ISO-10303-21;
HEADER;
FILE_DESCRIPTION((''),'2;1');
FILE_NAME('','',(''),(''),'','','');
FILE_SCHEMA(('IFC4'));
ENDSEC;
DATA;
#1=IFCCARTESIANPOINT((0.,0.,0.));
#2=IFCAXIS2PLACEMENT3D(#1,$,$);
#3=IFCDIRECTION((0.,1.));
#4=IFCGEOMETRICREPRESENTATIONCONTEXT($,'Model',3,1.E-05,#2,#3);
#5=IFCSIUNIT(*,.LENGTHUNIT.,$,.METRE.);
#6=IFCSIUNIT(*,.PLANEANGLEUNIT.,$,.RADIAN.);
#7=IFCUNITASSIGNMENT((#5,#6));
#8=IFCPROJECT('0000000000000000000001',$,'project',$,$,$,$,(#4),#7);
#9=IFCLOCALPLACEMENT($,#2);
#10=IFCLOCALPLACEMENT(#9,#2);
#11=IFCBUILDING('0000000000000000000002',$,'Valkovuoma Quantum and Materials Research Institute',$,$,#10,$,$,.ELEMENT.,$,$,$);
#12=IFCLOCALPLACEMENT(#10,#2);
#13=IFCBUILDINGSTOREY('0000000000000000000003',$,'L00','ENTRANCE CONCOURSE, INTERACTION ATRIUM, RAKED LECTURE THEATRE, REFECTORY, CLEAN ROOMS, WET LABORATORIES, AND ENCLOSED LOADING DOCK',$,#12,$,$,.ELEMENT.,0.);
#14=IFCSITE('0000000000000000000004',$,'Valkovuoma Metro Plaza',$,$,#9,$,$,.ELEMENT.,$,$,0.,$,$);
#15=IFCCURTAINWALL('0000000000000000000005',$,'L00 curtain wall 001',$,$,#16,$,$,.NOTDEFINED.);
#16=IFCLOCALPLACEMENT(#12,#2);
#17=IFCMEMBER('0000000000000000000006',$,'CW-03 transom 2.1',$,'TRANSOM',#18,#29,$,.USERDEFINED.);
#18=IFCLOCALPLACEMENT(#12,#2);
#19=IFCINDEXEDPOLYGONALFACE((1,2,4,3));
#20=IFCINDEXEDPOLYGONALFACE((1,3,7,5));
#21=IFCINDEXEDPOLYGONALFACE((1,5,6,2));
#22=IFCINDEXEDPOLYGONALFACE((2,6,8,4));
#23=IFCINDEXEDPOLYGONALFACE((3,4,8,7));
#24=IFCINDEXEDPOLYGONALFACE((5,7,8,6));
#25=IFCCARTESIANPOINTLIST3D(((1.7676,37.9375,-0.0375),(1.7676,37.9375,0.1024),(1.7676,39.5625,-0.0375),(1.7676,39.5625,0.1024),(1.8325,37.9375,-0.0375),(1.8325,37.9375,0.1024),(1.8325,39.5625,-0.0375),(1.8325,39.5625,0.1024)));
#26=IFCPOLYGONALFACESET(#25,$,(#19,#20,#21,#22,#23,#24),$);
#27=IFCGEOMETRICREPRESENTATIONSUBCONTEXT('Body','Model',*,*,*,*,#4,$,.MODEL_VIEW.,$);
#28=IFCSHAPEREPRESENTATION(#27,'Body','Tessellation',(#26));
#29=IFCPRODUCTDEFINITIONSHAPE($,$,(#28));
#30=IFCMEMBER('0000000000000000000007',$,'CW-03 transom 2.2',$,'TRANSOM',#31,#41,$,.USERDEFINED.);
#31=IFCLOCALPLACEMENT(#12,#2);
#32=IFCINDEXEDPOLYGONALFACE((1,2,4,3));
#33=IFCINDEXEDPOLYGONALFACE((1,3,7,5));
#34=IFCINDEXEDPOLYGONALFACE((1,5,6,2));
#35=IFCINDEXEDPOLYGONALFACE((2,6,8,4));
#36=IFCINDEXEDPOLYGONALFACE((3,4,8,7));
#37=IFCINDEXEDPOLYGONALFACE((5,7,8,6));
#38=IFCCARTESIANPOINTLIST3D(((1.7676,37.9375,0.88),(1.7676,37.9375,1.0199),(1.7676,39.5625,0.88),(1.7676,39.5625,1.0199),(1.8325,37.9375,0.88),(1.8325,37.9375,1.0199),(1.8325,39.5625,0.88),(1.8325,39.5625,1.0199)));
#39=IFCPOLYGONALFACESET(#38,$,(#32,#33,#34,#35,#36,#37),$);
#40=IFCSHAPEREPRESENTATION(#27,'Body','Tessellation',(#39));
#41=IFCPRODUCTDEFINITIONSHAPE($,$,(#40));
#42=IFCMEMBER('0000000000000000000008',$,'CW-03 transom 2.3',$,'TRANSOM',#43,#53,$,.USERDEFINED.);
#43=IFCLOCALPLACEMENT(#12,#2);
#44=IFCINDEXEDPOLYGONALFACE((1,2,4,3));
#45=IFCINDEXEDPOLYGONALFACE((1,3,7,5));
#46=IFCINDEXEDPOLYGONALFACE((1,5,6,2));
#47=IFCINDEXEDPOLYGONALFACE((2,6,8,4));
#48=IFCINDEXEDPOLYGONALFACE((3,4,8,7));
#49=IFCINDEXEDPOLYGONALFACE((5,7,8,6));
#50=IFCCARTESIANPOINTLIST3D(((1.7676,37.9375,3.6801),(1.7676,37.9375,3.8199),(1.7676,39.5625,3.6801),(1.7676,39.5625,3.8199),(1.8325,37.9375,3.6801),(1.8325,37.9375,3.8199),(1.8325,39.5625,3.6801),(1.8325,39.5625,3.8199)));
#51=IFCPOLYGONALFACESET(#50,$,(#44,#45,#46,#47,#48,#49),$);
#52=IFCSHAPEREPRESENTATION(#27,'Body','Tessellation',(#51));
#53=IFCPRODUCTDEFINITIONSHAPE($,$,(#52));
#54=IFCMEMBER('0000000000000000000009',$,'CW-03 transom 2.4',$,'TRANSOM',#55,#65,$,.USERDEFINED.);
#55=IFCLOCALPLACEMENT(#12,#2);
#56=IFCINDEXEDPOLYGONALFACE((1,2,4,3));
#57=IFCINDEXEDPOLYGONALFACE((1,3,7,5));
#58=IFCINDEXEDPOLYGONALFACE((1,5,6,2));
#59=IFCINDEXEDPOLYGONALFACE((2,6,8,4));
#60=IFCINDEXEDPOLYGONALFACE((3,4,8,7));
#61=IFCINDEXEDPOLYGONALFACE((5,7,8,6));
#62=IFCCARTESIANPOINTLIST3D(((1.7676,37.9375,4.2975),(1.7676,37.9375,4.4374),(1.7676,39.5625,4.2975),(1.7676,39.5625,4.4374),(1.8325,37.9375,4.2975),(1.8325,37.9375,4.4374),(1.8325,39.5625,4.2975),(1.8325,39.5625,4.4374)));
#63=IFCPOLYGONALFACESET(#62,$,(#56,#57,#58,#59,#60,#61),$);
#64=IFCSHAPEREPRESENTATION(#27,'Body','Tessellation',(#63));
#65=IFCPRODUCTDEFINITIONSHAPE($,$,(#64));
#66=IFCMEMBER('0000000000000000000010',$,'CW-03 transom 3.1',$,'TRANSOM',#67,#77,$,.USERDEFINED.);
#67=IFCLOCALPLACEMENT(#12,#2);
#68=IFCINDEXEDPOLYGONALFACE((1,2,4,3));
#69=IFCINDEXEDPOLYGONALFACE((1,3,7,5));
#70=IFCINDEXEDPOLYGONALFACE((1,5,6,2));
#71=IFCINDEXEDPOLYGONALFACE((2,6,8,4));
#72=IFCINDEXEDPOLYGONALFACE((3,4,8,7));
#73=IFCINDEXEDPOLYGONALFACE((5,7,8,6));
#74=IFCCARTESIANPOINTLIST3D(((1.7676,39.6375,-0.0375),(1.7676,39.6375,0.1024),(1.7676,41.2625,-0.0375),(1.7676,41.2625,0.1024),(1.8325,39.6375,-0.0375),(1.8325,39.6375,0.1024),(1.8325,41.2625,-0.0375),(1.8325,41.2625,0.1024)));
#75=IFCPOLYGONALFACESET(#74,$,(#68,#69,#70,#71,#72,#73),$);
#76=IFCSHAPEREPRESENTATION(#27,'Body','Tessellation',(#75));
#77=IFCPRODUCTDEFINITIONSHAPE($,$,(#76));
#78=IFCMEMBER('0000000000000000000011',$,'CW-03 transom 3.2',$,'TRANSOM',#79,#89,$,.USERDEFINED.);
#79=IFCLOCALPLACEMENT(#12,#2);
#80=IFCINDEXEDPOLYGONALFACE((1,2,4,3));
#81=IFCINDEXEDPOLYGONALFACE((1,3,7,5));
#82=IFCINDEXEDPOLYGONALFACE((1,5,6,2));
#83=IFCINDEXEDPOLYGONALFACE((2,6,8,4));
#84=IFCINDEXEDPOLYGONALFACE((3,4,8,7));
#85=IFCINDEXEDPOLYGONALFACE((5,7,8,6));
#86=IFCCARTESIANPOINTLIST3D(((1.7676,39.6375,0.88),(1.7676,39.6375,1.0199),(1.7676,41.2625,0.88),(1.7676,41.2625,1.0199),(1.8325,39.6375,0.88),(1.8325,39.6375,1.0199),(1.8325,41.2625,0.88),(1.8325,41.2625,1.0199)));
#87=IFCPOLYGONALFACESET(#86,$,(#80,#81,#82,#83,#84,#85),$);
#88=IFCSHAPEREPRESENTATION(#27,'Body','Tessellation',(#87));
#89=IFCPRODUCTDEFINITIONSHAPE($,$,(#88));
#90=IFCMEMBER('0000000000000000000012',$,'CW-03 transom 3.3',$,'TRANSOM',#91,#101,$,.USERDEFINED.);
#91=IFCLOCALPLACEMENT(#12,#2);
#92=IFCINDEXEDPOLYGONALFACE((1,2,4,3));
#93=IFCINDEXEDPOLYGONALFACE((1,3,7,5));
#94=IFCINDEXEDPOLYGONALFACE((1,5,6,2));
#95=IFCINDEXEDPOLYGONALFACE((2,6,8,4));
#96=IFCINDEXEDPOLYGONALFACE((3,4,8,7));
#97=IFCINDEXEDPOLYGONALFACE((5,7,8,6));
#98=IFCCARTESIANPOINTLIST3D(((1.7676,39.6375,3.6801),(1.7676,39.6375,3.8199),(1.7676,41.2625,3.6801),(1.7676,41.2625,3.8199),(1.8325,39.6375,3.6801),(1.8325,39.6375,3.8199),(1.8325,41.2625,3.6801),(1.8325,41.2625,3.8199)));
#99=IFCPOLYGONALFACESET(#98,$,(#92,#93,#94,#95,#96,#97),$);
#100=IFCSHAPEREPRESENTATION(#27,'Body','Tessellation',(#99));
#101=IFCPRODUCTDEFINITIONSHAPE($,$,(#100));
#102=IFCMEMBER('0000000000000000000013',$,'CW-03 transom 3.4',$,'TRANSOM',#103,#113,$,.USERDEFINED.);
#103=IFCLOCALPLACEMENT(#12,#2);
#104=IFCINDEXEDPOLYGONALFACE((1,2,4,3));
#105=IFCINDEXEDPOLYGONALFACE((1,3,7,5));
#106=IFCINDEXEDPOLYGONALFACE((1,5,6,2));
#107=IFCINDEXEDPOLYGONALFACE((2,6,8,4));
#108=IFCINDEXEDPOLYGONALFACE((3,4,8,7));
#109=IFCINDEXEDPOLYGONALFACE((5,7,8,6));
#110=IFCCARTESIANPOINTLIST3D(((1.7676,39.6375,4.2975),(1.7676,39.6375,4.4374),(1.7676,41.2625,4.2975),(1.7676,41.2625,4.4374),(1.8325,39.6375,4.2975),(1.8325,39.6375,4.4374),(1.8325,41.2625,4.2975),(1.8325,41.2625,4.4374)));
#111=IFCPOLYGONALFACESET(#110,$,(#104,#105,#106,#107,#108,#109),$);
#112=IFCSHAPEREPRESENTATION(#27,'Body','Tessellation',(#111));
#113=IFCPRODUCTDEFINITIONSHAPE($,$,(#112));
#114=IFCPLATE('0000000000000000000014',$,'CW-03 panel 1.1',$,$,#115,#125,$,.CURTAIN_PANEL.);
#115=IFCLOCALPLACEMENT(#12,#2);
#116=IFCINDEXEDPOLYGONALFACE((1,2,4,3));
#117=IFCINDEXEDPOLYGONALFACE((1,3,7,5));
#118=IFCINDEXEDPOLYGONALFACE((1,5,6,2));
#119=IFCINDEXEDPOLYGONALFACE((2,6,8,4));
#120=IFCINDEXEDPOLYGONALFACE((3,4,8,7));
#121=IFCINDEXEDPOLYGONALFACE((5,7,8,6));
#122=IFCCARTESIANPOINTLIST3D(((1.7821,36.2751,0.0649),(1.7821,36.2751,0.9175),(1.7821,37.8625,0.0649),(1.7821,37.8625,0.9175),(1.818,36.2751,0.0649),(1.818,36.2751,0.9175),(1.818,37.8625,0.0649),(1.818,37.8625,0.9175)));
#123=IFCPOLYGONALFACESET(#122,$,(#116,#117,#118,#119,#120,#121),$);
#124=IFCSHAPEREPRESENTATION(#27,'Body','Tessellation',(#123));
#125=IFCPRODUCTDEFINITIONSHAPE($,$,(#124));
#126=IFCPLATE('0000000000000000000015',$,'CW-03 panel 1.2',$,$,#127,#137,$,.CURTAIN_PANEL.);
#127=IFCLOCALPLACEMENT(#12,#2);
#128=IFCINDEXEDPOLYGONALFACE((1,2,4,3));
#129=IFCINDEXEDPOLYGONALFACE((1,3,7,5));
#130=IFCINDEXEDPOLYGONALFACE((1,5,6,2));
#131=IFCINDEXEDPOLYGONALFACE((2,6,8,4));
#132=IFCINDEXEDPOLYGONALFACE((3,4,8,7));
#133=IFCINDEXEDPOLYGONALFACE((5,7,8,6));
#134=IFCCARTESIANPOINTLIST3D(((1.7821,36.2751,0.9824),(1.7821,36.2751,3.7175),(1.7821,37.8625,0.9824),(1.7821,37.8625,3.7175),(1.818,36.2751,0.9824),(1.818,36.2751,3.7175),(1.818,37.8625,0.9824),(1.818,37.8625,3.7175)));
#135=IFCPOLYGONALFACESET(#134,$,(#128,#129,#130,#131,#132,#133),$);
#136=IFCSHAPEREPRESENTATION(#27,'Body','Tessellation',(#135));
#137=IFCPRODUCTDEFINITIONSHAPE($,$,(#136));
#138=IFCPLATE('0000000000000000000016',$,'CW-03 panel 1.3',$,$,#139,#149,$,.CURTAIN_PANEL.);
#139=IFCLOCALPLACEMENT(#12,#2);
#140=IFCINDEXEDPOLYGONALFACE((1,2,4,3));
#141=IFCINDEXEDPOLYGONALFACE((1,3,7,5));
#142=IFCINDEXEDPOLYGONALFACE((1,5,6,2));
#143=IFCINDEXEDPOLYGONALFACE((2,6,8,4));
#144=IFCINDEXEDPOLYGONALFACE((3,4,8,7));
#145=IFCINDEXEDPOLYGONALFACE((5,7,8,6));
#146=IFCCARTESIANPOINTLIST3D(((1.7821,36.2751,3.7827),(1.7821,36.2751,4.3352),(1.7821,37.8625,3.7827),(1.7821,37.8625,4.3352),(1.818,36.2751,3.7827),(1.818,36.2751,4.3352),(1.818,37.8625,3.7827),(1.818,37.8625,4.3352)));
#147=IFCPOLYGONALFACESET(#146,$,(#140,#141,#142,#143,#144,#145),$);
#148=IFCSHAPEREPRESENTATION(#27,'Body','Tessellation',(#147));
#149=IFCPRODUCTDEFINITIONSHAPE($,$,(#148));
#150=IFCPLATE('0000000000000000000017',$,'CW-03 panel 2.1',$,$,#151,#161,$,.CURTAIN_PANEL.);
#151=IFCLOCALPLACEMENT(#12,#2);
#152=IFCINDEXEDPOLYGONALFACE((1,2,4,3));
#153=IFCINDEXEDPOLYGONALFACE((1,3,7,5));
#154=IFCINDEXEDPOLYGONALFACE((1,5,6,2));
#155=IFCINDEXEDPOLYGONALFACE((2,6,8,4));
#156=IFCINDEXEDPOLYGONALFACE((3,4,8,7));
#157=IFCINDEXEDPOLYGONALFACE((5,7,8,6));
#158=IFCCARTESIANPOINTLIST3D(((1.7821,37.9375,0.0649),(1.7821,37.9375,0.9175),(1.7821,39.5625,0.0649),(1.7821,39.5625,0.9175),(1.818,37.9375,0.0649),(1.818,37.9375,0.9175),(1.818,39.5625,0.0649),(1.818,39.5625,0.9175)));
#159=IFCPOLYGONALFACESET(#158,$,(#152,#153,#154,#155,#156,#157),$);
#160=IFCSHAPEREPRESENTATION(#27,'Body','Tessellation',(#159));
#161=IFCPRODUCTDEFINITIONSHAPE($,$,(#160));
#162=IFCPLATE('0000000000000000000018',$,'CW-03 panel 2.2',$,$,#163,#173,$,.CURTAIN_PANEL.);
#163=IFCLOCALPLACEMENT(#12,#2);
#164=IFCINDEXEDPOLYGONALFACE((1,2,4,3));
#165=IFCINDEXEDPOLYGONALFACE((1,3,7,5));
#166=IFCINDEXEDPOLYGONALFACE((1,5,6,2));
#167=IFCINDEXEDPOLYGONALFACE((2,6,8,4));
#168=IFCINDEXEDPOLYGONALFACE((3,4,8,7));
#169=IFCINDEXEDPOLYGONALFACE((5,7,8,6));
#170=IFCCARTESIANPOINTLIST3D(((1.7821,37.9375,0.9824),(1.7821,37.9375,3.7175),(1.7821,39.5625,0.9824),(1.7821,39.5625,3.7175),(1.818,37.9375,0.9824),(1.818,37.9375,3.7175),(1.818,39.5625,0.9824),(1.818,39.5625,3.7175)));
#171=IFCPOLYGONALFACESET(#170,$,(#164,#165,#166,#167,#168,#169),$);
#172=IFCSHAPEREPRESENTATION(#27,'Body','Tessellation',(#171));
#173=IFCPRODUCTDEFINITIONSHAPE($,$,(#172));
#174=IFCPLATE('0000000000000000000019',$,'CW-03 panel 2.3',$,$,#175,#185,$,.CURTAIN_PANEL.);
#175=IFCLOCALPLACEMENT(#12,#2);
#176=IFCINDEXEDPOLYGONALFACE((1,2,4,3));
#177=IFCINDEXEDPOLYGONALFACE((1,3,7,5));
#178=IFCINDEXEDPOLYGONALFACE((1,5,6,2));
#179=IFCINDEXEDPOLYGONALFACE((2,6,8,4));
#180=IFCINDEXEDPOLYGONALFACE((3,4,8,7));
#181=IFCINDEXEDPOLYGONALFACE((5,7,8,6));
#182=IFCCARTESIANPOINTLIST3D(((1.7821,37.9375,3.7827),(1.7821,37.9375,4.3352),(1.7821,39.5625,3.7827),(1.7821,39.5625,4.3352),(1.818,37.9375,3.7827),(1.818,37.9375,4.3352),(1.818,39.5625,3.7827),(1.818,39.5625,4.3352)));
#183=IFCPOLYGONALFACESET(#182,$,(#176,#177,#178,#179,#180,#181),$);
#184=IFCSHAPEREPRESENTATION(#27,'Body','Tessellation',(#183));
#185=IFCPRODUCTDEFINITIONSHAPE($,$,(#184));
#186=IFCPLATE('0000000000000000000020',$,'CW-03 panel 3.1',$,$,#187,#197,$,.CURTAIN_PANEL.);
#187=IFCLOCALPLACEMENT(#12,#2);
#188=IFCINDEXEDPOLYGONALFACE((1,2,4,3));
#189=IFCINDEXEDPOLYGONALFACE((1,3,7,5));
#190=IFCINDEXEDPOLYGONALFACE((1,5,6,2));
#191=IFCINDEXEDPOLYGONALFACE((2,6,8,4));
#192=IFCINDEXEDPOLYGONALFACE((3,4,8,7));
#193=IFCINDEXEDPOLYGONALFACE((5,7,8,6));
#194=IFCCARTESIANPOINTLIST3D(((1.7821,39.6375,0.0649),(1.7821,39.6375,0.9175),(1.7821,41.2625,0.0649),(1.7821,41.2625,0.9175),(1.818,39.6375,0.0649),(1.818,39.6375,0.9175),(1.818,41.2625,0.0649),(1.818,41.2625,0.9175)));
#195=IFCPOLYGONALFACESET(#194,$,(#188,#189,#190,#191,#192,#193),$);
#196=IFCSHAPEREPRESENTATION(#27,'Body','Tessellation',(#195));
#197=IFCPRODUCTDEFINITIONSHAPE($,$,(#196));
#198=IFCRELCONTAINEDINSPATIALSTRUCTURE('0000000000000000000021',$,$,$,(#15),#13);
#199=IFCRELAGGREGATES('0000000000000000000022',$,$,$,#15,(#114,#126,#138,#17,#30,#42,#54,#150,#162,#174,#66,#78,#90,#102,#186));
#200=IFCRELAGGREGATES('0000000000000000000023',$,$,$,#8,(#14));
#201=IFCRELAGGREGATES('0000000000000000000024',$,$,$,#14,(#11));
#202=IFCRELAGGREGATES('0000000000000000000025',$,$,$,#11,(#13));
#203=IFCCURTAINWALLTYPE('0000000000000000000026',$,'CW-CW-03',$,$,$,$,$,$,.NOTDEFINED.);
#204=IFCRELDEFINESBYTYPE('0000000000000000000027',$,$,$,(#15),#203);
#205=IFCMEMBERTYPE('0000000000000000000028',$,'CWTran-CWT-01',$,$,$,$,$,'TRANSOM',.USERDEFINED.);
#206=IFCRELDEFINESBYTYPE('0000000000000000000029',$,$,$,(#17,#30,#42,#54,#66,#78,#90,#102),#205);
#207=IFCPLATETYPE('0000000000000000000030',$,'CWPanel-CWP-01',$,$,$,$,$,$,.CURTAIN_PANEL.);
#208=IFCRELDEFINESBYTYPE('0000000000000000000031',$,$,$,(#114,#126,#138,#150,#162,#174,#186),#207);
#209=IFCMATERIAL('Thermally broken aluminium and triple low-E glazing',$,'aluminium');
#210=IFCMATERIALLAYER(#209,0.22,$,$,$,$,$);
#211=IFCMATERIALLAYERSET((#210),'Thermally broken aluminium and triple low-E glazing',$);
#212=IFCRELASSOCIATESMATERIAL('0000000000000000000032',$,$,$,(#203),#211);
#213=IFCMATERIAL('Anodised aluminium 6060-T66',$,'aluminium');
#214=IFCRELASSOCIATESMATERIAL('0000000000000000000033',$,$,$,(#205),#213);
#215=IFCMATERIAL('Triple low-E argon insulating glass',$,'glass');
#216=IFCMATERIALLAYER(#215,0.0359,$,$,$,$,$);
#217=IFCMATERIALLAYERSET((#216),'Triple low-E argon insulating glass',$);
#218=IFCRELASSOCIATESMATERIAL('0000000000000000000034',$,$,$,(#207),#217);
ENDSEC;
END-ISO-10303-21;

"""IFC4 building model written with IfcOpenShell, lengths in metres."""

from ifc_helpers import new_model, si_unit, direction, frame, origin, origin_2d, place, context, subcontext, project, spatial, rectangle, extrude, material, layer, layer_set, material_profile, profile_set, type_object, element, aggregate, save


model = new_model("IFC4")

# Units and contexts
model_context = context("Model", 3, precision=1e-05, world=origin(), true_north=direction((0.0, 1.0)))
body_context = subcontext(model_context, "Body", "Model", "MODEL_VIEW")
ifc_project = project(units=[si_unit("LENGTHUNIT", "METRE"), si_unit("PLANEANGLEUNIT", "RADIAN")], contexts=[model_context])

# Site, building, storey
site_placement = place(None, origin())
site = spatial("IfcSite", under=ifc_project, at=site_placement, Name="Valkovuoma Metro Plaza", CompositionType="ELEMENT", RefElevation=0.0)
building_placement = place(site_placement, origin())
building = spatial("IfcBuilding", under=site, at=building_placement, Name="Valkovuoma Quantum and Materials Research Institute", CompositionType="ELEMENT")
storey_placement = place(building_placement, origin())
storey = spatial("IfcBuildingStorey", under=building, at=storey_placement, Name="L00", Description="ENTRANCE CONCOURSE, INTERACTION ATRIUM, RAKED LECTURE THEATRE, REFECTORY, CLEAN ROOMS, WET LABORATORIES, AND ENCLOSED LOADING DOCK", CompositionType="ELEMENT", Elevation=0.0)

# Shared definitions
ifc_material_1 = material(Name="Thermally broken aluminium and triple low-E glazing", Category="aluminium")
ifc_layer_1 = layer(ifc_material_1, 0.22)
ifc_layer_set_1 = layer_set([ifc_layer_1], Name="Thermally broken aluminium and triple low-E glazing")
curtain_wall_type = type_object("IfcCurtainWallType", Name="CW-CW-03", PredefinedType="NOTDEFINED", material=ifc_layer_set_1)

# Curtain wall, members, plates
curtain_wall_1_placement = place(storey_placement, origin())
curtain_wall_1 = element("IfcCurtainWall", 1, at=curtain_wall_1_placement, inside=storey, type_object=curtain_wall_type, Name="L00 curtain wall 001", PredefinedType="NOTDEFINED")
ifc_material_2 = material(Name="Anodised aluminium 6060-T66", Category="aluminium")
ifc_material_profile_1 = material_profile(ifc_material_2, rectangle(XDim=0.0649, YDim=0.1399, at=origin_2d()), Name="Anodised aluminium 6060-T66")
ifc_profile_set_1 = profile_set([ifc_material_profile_1], Name="Anodised aluminium 6060-T66")
member_type_1 = type_object("IfcMemberType", Name="CWTran-CWT-01", ElementType="TRANSOM", PredefinedType="USERDEFINED", material=ifc_profile_set_1)
member_1_placement = place(storey_placement, frame((1.8, 37.9375, 0.0325), z_axis=(0.0, 1.0, 0.0), x_axis=(-1.0, 0.0, 0.0)))
member_1 = element("IfcMember", 2, at=member_1_placement, type_object=member_type_1, Name="CW-03 transom 2.1", ObjectType="TRANSOM", PredefinedType="USERDEFINED", context=body_context, shape_type="SweptSolid", body=[
    extrude(rectangle(XDim=0.0649, YDim=0.1399, at=origin_2d()), origin(), (0.0, 0.0, 1.0), 1.625),
])
member_2_placement = place(storey_placement, frame((1.8, 37.9375, 0.95), z_axis=(0.0, 1.0, 0.0), x_axis=(-1.0, 0.0, 0.0)))
member_2 = element("IfcMember", 3, at=member_2_placement, type_object=member_type_1, Name="CW-03 transom 2.2", ObjectType="TRANSOM", PredefinedType="USERDEFINED", context=body_context, shape_type="SweptSolid", body=[
    extrude(rectangle(XDim=0.0649, YDim=0.1399, at=origin_2d()), origin(), (0.0, 0.0, 1.0), 1.625),
])
member_3_placement = place(storey_placement, frame((1.8, 37.9375, 3.75), z_axis=(0.0, 1.0, 0.0), x_axis=(-1.0, 0.0, 0.0)))
member_3 = element("IfcMember", 4, at=member_3_placement, type_object=member_type_1, Name="CW-03 transom 2.3", ObjectType="TRANSOM", PredefinedType="USERDEFINED", context=body_context, shape_type="SweptSolid", body=[
    extrude(rectangle(XDim=0.0649, YDim=0.1399, at=origin_2d()), origin(), (0.0, 0.0, 1.0), 1.625),
])
member_4_placement = place(storey_placement, frame((1.8, 37.9375, 4.3674), z_axis=(0.0, 1.0, 0.0), x_axis=(-1.0, 0.0, 0.0)))
member_4 = element("IfcMember", 5, at=member_4_placement, type_object=member_type_1, Name="CW-03 transom 2.4", ObjectType="TRANSOM", PredefinedType="USERDEFINED", context=body_context, shape_type="SweptSolid", body=[
    extrude(rectangle(XDim=0.0649, YDim=0.1399, at=origin_2d()), origin(), (0.0, 0.0, 1.0), 1.625),
])
member_5_placement = place(storey_placement, frame((1.8, 39.6375, 0.0325), z_axis=(0.0, 1.0, 0.0), x_axis=(-1.0, 0.0, 0.0)))
member_5 = element("IfcMember", 6, at=member_5_placement, type_object=member_type_1, Name="CW-03 transom 3.1", ObjectType="TRANSOM", PredefinedType="USERDEFINED", context=body_context, shape_type="SweptSolid", body=[
    extrude(rectangle(XDim=0.0649, YDim=0.1399, at=origin_2d()), origin(), (0.0, 0.0, 1.0), 1.625),
])
member_6_placement = place(storey_placement, frame((1.8, 39.6375, 0.95), z_axis=(0.0, 1.0, 0.0), x_axis=(-1.0, 0.0, 0.0)))
member_6 = element("IfcMember", 7, at=member_6_placement, type_object=member_type_1, Name="CW-03 transom 3.2", ObjectType="TRANSOM", PredefinedType="USERDEFINED", context=body_context, shape_type="SweptSolid", body=[
    extrude(rectangle(XDim=0.0649, YDim=0.1399, at=origin_2d()), origin(), (0.0, 0.0, 1.0), 1.625),
])
member_7_placement = place(storey_placement, frame((1.8, 39.6375, 3.75), z_axis=(0.0, 1.0, 0.0), x_axis=(-1.0, 0.0, 0.0)))
member_7 = element("IfcMember", 8, at=member_7_placement, type_object=member_type_1, Name="CW-03 transom 3.3", ObjectType="TRANSOM", PredefinedType="USERDEFINED", context=body_context, shape_type="SweptSolid", body=[
    extrude(rectangle(XDim=0.0649, YDim=0.1399, at=origin_2d()), origin(), (0.0, 0.0, 1.0), 1.625),
])
member_8_placement = place(storey_placement, frame((1.8, 39.6375, 4.3674), z_axis=(0.0, 1.0, 0.0), x_axis=(-1.0, 0.0, 0.0)))
member_8 = element("IfcMember", 9, at=member_8_placement, type_object=member_type_1, Name="CW-03 transom 3.4", ObjectType="TRANSOM", PredefinedType="USERDEFINED", context=body_context, shape_type="SweptSolid", body=[
    extrude(rectangle(XDim=0.0649, YDim=0.1399, at=origin_2d()), origin(), (0.0, 0.0, 1.0), 1.625),
])
ifc_material_3 = material(Name="Triple low-E argon insulating glass", Category="glass")
ifc_layer_2 = layer(ifc_material_3, 0.0359)
ifc_layer_set_2 = layer_set([ifc_layer_2], Name="Triple low-E argon insulating glass")
plate_type = type_object("IfcPlateType", Name="CWPanel-CWP-01", PredefinedType="CURTAIN_PANEL", material=ifc_layer_set_2)
plate_1_placement = place(storey_placement, frame((1.8, 37.0688, 0.0649), z_axis=(0.0, 0.0, 1.0), x_axis=(0.0, 1.0, 0.0)))
plate_1 = element("IfcPlate", 10, at=plate_1_placement, type_object=plate_type, Name="CW-03 panel 1.1", PredefinedType="CURTAIN_PANEL", context=body_context, shape_type="SweptSolid", body=[
    extrude(rectangle(XDim=1.5874, YDim=0.0359, at=origin_2d()), origin(), (0.0, 0.0, 1.0), 0.8525),
])
plate_2_placement = place(storey_placement, frame((1.8, 37.0688, 0.9824), z_axis=(0.0, 0.0, 1.0), x_axis=(0.0, 1.0, 0.0)))
plate_2 = element("IfcPlate", 11, at=plate_2_placement, type_object=plate_type, Name="CW-03 panel 1.2", PredefinedType="CURTAIN_PANEL", context=body_context, shape_type="SweptSolid", body=[
    extrude(rectangle(XDim=1.5874, YDim=0.0359, at=origin_2d()), origin(), (0.0, 0.0, 1.0), 2.7351),
])
plate_3_placement = place(storey_placement, frame((1.8, 37.0688, 3.7827), z_axis=(0.0, 0.0, 1.0), x_axis=(0.0, 1.0, 0.0)))
plate_3 = element("IfcPlate", 12, at=plate_3_placement, type_object=plate_type, Name="CW-03 panel 1.3", PredefinedType="CURTAIN_PANEL", context=body_context, shape_type="SweptSolid", body=[
    extrude(rectangle(XDim=1.5874, YDim=0.0359, at=origin_2d()), origin(), (0.0, 0.0, 1.0), 0.5525),
])
plate_4_placement = place(storey_placement, frame((1.8, 38.75, 0.0649), z_axis=(0.0, 0.0, 1.0), x_axis=(0.0, 1.0, 0.0)))
plate_4 = element("IfcPlate", 13, at=plate_4_placement, type_object=plate_type, Name="CW-03 panel 2.1", PredefinedType="CURTAIN_PANEL", context=body_context, shape_type="SweptSolid", body=[
    extrude(rectangle(XDim=1.625, YDim=0.0359, at=origin_2d()), origin(), (0.0, 0.0, 1.0), 0.8525),
])
plate_5_placement = place(storey_placement, frame((1.8, 38.75, 0.9824), z_axis=(0.0, 0.0, 1.0), x_axis=(0.0, 1.0, 0.0)))
plate_5 = element("IfcPlate", 14, at=plate_5_placement, type_object=plate_type, Name="CW-03 panel 2.2", PredefinedType="CURTAIN_PANEL", context=body_context, shape_type="SweptSolid", body=[
    extrude(rectangle(XDim=1.625, YDim=0.0359, at=origin_2d()), origin(), (0.0, 0.0, 1.0), 2.7351),
])
plate_6_placement = place(storey_placement, frame((1.8, 38.75, 3.7827), z_axis=(0.0, 0.0, 1.0), x_axis=(0.0, 1.0, 0.0)))
plate_6 = element("IfcPlate", 15, at=plate_6_placement, type_object=plate_type, Name="CW-03 panel 2.3", PredefinedType="CURTAIN_PANEL", context=body_context, shape_type="SweptSolid", body=[
    extrude(rectangle(XDim=1.625, YDim=0.0359, at=origin_2d()), origin(), (0.0, 0.0, 1.0), 0.5525),
])
plate_7_placement = place(storey_placement, frame((1.8, 40.45, 0.0649), z_axis=(0.0, 0.0, 1.0), x_axis=(0.0, 1.0, 0.0)))
plate_7 = element("IfcPlate", 16, at=plate_7_placement, type_object=plate_type, Name="CW-03 panel 3.1", PredefinedType="CURTAIN_PANEL", context=body_context, shape_type="SweptSolid", body=[
    extrude(rectangle(XDim=1.625, YDim=0.0359, at=origin_2d()), origin(), (0.0, 0.0, 1.0), 0.8525),
])
aggregate(curtain_wall_1, [plate_1, plate_2, plate_3, member_1, member_2, member_3, member_4, plate_4, plate_5, plate_6, member_5, member_6, member_7, member_8, plate_7])

save(model, "model.ifc")
